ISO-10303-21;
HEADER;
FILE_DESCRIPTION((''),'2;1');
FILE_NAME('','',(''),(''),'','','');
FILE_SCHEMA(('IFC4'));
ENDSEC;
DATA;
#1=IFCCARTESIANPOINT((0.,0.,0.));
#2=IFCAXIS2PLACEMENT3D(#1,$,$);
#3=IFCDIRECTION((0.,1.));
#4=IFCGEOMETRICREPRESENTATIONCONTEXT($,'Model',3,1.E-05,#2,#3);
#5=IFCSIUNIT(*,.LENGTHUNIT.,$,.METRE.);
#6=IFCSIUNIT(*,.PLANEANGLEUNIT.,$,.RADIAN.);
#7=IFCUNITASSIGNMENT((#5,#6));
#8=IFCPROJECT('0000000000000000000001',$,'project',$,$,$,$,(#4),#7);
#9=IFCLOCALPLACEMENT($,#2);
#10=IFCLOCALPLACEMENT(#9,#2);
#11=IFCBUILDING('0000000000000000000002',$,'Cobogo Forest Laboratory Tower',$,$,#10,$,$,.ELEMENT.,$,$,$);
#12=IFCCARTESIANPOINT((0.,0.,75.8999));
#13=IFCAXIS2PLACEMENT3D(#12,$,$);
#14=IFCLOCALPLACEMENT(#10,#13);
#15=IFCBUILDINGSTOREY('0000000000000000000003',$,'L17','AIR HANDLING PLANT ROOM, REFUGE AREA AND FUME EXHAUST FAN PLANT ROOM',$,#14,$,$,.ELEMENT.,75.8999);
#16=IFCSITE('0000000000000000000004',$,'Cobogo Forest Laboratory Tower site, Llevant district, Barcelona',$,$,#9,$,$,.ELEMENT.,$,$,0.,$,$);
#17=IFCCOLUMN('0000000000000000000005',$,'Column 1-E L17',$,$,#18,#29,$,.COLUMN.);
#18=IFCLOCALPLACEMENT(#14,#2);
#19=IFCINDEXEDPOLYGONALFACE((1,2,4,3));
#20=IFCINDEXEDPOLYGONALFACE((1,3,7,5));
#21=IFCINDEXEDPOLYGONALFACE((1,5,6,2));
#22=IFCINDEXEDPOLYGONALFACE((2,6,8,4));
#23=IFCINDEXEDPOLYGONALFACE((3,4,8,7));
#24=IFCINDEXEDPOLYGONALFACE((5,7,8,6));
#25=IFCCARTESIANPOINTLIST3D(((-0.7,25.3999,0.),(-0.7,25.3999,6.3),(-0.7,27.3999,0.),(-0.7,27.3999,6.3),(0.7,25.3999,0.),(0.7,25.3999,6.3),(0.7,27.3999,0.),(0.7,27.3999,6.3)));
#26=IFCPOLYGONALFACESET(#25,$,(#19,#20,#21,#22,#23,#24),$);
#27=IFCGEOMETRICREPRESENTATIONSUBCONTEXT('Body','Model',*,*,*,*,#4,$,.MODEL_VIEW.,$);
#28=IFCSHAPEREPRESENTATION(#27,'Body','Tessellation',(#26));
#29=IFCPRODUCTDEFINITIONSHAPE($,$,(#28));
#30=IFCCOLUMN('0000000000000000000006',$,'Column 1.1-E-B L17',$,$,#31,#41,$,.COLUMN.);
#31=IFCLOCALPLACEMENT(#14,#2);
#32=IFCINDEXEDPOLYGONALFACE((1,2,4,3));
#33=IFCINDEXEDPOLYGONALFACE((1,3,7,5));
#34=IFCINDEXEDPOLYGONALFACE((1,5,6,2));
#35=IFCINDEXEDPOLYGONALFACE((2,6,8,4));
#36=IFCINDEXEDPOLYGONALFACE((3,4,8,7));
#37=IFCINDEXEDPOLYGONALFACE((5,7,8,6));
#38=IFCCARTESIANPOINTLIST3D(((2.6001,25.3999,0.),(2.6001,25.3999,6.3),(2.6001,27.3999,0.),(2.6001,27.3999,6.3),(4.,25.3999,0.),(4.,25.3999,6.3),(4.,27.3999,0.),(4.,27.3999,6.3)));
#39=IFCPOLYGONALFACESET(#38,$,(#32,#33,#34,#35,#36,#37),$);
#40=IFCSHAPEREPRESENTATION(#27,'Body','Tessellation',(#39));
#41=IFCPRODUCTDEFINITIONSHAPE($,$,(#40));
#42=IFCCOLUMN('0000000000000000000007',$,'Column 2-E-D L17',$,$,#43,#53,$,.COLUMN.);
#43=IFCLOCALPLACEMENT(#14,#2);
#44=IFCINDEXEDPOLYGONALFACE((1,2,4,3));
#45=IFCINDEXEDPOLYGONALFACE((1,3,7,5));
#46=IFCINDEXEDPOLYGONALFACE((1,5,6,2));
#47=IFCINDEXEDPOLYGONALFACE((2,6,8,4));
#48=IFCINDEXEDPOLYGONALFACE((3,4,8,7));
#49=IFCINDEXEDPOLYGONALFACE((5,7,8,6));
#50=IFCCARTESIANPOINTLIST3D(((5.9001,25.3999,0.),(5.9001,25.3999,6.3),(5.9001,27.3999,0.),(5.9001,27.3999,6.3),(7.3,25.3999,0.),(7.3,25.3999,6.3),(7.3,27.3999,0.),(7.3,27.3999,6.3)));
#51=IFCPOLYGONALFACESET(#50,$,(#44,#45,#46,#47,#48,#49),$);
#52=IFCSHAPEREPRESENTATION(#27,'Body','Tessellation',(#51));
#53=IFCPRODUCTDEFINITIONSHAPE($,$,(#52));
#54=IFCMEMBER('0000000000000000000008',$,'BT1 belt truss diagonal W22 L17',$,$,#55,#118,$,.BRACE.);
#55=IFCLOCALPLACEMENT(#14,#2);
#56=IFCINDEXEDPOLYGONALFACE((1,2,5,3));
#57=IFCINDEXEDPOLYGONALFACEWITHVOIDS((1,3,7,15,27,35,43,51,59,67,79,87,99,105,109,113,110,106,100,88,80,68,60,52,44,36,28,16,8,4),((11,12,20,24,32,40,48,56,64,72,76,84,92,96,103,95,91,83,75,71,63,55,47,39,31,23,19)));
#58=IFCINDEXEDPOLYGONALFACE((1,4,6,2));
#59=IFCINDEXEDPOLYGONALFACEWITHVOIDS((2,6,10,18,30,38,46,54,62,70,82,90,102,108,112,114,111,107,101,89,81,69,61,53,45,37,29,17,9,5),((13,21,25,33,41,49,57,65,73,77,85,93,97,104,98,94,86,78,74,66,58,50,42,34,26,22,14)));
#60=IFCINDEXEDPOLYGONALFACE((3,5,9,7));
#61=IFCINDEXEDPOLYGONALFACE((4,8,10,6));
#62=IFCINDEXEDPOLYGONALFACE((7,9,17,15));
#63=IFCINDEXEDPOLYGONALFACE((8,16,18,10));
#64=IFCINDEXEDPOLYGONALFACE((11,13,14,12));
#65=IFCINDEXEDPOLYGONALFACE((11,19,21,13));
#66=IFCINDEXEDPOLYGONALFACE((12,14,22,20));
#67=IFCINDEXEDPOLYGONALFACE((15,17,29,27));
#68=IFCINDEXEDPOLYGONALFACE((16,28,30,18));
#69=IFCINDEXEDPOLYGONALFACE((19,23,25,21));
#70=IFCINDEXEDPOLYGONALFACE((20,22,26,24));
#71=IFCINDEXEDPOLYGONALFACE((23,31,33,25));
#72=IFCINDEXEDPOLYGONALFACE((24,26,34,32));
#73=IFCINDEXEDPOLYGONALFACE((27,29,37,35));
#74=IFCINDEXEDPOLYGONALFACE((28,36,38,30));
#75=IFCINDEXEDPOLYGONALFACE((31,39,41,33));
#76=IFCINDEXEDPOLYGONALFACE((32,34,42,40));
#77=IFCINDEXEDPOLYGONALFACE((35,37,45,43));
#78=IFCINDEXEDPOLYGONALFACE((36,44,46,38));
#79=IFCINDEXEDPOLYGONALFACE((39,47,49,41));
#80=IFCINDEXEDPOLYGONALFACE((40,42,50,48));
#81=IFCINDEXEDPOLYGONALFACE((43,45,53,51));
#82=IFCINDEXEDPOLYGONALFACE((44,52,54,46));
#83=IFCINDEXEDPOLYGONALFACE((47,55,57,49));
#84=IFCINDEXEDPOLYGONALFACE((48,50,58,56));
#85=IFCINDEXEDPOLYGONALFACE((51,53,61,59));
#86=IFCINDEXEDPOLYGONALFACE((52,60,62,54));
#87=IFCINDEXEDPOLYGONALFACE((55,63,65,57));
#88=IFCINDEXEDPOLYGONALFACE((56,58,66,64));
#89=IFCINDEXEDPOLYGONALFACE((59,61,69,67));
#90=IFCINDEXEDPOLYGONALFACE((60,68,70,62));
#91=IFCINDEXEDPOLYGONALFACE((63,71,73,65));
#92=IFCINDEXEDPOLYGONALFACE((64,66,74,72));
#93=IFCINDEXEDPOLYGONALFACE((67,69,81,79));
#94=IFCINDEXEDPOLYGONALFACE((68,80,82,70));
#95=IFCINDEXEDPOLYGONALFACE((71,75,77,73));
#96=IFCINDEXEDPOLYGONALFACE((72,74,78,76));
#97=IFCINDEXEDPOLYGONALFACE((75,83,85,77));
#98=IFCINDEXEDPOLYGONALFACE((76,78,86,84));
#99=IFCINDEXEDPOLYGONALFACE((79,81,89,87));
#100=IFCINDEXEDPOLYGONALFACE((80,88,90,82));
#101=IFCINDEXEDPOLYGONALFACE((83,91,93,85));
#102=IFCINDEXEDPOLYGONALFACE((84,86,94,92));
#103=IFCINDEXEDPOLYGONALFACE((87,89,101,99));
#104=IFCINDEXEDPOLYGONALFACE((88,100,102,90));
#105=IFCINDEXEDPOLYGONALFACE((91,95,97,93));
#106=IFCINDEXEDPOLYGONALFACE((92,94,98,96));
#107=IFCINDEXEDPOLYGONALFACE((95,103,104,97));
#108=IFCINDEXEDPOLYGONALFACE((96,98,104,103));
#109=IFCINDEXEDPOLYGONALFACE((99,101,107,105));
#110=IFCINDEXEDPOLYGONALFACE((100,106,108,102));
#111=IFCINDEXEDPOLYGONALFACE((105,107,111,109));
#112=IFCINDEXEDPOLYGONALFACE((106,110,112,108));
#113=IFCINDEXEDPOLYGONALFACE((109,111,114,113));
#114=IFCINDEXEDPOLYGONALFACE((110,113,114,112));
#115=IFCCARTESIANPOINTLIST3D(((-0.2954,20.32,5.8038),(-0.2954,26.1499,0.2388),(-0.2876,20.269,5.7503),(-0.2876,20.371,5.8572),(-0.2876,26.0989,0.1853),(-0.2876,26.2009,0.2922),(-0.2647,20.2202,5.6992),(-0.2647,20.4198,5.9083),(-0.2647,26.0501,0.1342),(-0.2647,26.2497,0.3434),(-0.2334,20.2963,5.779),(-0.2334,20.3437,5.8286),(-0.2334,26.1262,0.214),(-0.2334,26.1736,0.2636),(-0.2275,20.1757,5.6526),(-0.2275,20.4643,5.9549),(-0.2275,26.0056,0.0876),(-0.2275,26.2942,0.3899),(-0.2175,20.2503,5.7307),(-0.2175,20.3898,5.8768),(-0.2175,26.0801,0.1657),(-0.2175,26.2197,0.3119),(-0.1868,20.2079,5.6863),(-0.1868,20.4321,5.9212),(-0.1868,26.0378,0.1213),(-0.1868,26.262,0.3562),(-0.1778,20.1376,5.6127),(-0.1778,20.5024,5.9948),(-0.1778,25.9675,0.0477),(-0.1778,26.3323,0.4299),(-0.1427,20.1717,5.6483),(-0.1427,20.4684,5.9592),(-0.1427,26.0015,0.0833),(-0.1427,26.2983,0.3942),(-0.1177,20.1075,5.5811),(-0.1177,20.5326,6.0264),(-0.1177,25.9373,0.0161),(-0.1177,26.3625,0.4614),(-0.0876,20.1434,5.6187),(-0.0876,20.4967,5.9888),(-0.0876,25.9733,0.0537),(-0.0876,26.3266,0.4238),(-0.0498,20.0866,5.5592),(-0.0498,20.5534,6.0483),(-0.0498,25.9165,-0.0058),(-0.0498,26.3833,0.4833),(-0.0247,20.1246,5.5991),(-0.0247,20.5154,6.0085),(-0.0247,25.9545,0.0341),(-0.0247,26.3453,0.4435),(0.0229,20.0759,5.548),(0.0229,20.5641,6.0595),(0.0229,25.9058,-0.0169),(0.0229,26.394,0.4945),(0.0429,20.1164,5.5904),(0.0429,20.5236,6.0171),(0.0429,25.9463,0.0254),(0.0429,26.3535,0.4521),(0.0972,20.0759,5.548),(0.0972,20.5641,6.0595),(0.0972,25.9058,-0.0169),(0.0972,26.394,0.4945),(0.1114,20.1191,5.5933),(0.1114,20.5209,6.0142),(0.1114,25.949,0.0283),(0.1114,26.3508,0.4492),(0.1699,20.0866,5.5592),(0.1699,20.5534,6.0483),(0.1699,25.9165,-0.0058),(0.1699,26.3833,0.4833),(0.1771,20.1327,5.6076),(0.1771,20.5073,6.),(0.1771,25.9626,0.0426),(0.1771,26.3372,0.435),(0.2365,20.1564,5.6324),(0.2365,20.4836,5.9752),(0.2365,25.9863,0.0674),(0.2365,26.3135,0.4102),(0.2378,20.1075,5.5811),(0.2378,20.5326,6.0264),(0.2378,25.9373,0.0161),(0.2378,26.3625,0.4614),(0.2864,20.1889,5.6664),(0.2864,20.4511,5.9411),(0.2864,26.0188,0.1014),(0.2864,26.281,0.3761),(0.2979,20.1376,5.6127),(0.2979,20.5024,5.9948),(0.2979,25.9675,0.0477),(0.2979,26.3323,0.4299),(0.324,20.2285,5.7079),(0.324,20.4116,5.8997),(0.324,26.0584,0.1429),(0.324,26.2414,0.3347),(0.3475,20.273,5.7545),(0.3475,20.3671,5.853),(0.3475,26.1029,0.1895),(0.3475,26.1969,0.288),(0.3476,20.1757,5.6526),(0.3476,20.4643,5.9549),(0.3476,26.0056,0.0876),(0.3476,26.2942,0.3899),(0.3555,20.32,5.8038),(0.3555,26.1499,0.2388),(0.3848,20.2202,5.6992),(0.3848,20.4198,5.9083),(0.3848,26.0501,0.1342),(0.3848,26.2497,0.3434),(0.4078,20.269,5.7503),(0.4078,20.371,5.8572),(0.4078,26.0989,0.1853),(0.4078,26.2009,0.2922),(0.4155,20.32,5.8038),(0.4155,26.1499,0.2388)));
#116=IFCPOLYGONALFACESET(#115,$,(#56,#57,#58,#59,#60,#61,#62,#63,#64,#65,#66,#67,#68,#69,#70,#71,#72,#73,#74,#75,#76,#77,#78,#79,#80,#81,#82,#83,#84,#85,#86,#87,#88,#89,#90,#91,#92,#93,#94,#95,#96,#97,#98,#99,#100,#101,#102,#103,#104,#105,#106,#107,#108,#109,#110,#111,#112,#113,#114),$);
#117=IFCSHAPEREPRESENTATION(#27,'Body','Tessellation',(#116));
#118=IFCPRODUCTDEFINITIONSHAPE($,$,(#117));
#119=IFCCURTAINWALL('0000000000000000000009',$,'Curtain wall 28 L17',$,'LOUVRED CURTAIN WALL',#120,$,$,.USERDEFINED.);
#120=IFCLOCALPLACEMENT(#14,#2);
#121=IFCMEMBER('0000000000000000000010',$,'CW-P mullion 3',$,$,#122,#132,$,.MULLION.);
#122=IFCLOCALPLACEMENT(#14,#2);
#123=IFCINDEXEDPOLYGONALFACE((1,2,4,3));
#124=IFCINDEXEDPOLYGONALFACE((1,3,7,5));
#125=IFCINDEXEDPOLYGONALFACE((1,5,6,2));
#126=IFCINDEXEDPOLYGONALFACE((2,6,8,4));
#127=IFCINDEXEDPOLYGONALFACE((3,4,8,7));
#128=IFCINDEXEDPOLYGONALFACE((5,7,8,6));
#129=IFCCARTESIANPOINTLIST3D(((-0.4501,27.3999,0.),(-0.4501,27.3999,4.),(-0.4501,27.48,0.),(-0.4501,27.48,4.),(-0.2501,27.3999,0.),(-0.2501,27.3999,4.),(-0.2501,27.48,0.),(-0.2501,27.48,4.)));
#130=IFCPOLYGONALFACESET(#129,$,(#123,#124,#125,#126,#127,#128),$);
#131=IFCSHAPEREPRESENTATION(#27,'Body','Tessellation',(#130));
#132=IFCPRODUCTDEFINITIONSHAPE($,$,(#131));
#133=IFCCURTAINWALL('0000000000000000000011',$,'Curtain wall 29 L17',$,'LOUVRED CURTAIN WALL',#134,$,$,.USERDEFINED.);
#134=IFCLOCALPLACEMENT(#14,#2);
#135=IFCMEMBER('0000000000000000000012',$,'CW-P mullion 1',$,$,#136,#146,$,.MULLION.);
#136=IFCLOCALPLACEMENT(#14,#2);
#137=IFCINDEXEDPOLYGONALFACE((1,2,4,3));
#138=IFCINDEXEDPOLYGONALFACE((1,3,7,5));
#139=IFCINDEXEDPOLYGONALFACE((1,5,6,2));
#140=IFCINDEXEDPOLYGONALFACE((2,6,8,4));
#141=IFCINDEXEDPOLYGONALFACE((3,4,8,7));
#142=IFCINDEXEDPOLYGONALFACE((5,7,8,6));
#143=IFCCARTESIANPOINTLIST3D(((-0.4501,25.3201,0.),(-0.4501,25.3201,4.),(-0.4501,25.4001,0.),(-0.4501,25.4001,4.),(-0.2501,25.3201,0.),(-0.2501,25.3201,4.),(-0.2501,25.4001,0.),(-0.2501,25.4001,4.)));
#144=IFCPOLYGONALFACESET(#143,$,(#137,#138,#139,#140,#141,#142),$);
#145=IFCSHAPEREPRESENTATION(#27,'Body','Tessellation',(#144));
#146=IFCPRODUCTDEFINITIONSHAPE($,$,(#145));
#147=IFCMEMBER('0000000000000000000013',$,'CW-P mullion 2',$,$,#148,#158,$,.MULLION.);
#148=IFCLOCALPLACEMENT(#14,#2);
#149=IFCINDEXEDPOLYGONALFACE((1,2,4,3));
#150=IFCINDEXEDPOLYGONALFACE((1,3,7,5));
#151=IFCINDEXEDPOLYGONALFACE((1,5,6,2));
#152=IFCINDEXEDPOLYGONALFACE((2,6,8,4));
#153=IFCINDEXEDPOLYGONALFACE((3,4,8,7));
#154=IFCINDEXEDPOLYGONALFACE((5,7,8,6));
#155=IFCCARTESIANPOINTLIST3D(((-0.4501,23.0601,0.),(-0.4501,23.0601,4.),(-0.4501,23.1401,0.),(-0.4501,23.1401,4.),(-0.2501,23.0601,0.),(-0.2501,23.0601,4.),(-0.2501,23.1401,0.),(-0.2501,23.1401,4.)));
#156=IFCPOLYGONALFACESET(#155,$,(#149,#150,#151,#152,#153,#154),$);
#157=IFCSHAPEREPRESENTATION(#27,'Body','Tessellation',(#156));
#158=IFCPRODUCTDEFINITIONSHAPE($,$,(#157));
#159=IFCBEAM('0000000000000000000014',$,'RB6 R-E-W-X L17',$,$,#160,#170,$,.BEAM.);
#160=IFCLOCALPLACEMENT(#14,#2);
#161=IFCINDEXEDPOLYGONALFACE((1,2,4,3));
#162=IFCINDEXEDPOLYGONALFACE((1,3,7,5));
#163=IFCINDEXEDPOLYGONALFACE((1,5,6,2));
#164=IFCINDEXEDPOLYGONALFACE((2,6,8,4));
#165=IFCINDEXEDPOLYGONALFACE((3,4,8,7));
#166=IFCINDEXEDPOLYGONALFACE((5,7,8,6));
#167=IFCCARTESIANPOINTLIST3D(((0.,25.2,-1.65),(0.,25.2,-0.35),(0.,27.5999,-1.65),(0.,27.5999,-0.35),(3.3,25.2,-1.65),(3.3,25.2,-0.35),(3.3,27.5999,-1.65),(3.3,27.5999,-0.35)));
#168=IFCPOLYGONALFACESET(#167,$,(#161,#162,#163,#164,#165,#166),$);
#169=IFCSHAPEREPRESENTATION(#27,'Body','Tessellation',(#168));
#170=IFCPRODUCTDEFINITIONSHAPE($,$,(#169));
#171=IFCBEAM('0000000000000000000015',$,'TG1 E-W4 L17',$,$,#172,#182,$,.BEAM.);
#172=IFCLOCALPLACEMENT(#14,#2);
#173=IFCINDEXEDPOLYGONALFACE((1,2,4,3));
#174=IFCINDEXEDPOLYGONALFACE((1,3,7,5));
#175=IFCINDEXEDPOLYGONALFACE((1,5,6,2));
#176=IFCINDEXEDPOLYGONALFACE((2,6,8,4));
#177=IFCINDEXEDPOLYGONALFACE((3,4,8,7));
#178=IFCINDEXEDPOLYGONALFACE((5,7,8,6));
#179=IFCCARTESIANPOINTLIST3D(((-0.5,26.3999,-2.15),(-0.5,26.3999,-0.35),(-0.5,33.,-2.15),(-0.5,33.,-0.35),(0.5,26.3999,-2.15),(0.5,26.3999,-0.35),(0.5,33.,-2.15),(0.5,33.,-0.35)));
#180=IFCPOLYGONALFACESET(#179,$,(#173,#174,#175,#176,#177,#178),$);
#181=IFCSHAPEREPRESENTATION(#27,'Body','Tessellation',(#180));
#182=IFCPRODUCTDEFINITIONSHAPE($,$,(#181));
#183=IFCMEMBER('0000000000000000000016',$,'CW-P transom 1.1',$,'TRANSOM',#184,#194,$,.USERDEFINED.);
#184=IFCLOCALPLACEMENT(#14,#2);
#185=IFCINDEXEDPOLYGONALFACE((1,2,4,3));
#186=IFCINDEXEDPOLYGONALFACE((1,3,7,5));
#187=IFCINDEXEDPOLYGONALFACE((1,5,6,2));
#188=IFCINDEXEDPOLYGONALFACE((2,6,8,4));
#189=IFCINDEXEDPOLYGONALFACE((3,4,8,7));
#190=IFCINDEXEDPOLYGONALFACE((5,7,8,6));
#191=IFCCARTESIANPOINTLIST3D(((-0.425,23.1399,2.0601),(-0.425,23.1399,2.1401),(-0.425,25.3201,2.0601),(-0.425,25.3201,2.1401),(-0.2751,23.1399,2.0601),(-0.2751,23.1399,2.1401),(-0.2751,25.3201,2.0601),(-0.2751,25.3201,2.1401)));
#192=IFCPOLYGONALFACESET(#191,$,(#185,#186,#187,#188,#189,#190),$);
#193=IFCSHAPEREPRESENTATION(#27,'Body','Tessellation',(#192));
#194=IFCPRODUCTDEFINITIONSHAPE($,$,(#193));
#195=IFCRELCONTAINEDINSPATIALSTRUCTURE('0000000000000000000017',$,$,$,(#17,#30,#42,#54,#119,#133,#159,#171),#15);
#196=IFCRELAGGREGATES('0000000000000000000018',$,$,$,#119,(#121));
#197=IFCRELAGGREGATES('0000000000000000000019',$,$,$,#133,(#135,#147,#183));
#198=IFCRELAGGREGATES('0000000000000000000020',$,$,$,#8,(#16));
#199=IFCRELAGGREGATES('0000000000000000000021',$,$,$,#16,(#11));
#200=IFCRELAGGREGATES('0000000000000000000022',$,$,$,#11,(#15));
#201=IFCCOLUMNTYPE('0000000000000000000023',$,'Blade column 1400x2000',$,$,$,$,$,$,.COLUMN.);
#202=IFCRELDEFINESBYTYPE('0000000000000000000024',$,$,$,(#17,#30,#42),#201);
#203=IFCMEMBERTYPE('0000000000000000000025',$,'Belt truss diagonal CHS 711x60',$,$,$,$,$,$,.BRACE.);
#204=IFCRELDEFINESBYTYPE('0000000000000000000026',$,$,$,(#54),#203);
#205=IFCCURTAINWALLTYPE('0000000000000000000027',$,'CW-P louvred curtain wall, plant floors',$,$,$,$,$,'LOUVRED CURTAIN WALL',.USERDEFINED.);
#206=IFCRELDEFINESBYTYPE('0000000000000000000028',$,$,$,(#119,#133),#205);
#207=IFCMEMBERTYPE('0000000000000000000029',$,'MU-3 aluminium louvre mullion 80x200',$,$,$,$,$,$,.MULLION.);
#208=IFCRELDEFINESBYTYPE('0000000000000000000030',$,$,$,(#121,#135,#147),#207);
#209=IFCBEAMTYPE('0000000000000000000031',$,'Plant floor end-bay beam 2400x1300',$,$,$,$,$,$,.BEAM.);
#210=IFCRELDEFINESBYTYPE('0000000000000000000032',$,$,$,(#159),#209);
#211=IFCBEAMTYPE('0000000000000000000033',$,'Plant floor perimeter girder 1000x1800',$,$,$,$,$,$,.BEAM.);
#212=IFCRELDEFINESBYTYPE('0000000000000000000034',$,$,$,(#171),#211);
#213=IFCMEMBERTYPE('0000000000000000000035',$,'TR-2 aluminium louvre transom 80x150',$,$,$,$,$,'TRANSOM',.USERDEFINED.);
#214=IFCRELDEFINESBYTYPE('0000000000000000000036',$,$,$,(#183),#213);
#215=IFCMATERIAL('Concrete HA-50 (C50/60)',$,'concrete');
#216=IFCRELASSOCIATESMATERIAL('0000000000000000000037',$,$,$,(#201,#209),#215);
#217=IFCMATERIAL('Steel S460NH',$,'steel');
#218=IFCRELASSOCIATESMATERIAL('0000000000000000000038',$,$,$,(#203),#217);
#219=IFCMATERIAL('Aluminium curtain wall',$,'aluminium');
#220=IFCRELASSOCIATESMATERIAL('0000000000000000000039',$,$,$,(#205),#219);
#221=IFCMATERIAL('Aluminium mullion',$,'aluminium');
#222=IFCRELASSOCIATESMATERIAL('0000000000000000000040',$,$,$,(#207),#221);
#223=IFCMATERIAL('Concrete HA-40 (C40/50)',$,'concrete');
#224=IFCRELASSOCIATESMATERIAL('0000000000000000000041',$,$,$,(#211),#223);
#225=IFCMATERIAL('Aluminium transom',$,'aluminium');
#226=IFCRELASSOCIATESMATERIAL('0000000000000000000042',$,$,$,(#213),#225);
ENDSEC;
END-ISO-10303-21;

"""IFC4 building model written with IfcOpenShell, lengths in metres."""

from ifc_helpers import new_model, si_unit, direction, frame, origin, origin_2d, place, context, subcontext, project, spatial, rectangle, hollow_circle, extrude, material, material_profile, profile_set, type_object, element, aggregate, save


model = new_model("IFC4")

# Units and contexts
model_context = context("Model", 3, precision=1e-05, world=origin(), true_north=direction((0.0, 1.0)))
body_context = subcontext(model_context, "Body", "Model", "MODEL_VIEW")
ifc_project = project(units=[si_unit("LENGTHUNIT", "METRE"), si_unit("PLANEANGLEUNIT", "RADIAN")], contexts=[model_context])

# Site, building, storey
site_placement = place(None, origin())
site = spatial("IfcSite", under=ifc_project, at=site_placement, Name="Cobogo Forest Laboratory Tower site, Llevant district, Barcelona", CompositionType="ELEMENT", RefElevation=0.0)
building_placement = place(site_placement, origin())
building = spatial("IfcBuilding", under=site, at=building_placement, Name="Cobogo Forest Laboratory Tower", CompositionType="ELEMENT")
storey_placement = place(building_placement, frame((0.0, 0.0, 75.8999)))
storey = spatial("IfcBuildingStorey", under=building, at=storey_placement, Name="L17", Description="AIR HANDLING PLANT ROOM, REFUGE AREA AND FUME EXHAUST FAN PLANT ROOM", CompositionType="ELEMENT", Elevation=75.8999)

# Columns
ifc_material_1 = material(Name="Concrete HA-50 (C50/60)", Category="concrete")
ifc_material_profile_1 = material_profile(ifc_material_1, rectangle(XDim=2.0, YDim=1.3999, at=origin_2d()), Name="RC 1400x2000")
ifc_profile_set_1 = profile_set([ifc_material_profile_1], Name="Concrete HA-50 (C50/60)")
column_type = type_object("IfcColumnType", Name="Blade column 1400x2000", PredefinedType="COLUMN", material=ifc_profile_set_1)
for number, where, z_axis, x_axis, name in (
    (1, (0.0, 26.3999, 0.0), (0.0, 0.0, 1.0), (0.0, 1.0, 0.0), "Column 1-E L17"),
    (2, (3.3, 26.3999, 0.0), (0.0, 0.0, 1.0), (0.0, 1.0, 0.0), "Column 1.1-E-B L17"),
    (3, (6.6001, 26.3999, 0.0), (0.0, 0.0, 1.0), (0.0, 1.0, 0.0), "Column 2-E-D L17"),
):
    element("IfcColumn", number, at=place(storey_placement, frame(where, z_axis=z_axis, x_axis=x_axis)), inside=storey, type_object=column_type, Name=name, PredefinedType="COLUMN", context=body_context, shape_type="SweptSolid", body=[
        extrude(rectangle(XDim=2.0, YDim=1.3999, at=origin_2d()), origin(), (0.0, 0.0, 1.0), 6.3),
    ])

# Member
ifc_material_2 = material(Name="Steel S460NH", Category="steel")
ifc_material_profile_2 = material_profile(ifc_material_2, hollow_circle(Radius=0.3555, WallThickness=0.0601, at=origin_2d()), Name="CHS 711x60")
ifc_profile_set_2 = profile_set([ifc_material_profile_2], Name="Steel S460NH")
member_type_1 = type_object("IfcMemberType", Name="Belt truss diagonal CHS 711x60", PredefinedType="BRACE", material=ifc_profile_set_2)
member_1_placement = place(storey_placement, frame((0.0601, 26.1499, 0.2388), z_axis=(0.0, -0.723349, 0.690482), x_axis=(1.0, 0.0, 0.0)))
element("IfcMember", 4, at=member_1_placement, inside=storey, type_object=member_type_1, Name="BT1 belt truss diagonal W22 L17", PredefinedType="BRACE", context=body_context, shape_type="SweptSolid", body=[
    extrude(hollow_circle(Radius=0.3555, WallThickness=0.0601, at=origin_2d()), origin(), (0.0, 0.0, 1.0), 8.0596),
])

# Curtain wall, member
ifc_material_3 = material(Name="Aluminium curtain wall", Category="aluminium")
curtain_wall_type = type_object("IfcCurtainWallType", Name="CW-P louvred curtain wall, plant floors", ElementType="LOUVRED CURTAIN WALL", PredefinedType="USERDEFINED", material=ifc_material_3)
curtain_wall_1_placement = place(storey_placement, origin())
curtain_wall_1 = element("IfcCurtainWall", 5, at=curtain_wall_1_placement, inside=storey, type_object=curtain_wall_type, Name="Curtain wall 28 L17", ObjectType="LOUVRED CURTAIN WALL", PredefinedType="USERDEFINED")
ifc_material_4 = material(Name="Aluminium mullion", Category="aluminium")
ifc_material_profile_3 = material_profile(ifc_material_4, rectangle(XDim=0.0801, YDim=0.2, at=origin_2d()), Name="AL 80x200")
ifc_profile_set_3 = profile_set([ifc_material_profile_3], Name="Aluminium mullion")
member_type_2 = type_object("IfcMemberType", Name="MU-3 aluminium louvre mullion 80x200", PredefinedType="MULLION", material=ifc_profile_set_3)
member_2_placement = place(storey_placement, frame((-0.3501, 27.4399, 0.0), z_axis=(0.0, 0.0, 1.0), x_axis=(0.0, -1.0, 0.0)))
member_2 = element("IfcMember", 6, at=member_2_placement, type_object=member_type_2, Name="CW-P mullion 3", PredefinedType="MULLION", context=body_context, shape_type="SweptSolid", body=[
    extrude(rectangle(XDim=0.0801, YDim=0.2, at=origin_2d()), origin(), (0.0, 0.0, 1.0), 4.0),
])

# Curtain wall, members
curtain_wall_2_placement = place(storey_placement, origin())
curtain_wall_2 = element("IfcCurtainWall", 7, at=curtain_wall_2_placement, inside=storey, type_object=curtain_wall_type, Name="Curtain wall 29 L17", ObjectType="LOUVRED CURTAIN WALL", PredefinedType="USERDEFINED")
member_3_placement = place(storey_placement, frame((-0.3501, 25.3601, 0.0), z_axis=(0.0, 0.0, 1.0), x_axis=(0.0, -1.0, 0.0)))
member_3 = element("IfcMember", 8, at=member_3_placement, type_object=member_type_2, Name="CW-P mullion 1", PredefinedType="MULLION", context=body_context, shape_type="SweptSolid", body=[
    extrude(rectangle(XDim=0.0801, YDim=0.2, at=origin_2d()), origin(), (0.0, 0.0, 1.0), 4.0),
])
member_4_placement = place(storey_placement, frame((-0.3501, 23.1001, 0.0), z_axis=(0.0, 0.0, 1.0), x_axis=(0.0, -1.0, 0.0)))
member_4 = element("IfcMember", 9, at=member_4_placement, type_object=member_type_2, Name="CW-P mullion 2", PredefinedType="MULLION", context=body_context, shape_type="SweptSolid", body=[
    extrude(rectangle(XDim=0.0801, YDim=0.2, at=origin_2d()), origin(), (0.0, 0.0, 1.0), 4.0),
])

# Beams
ifc_material_profile_4 = material_profile(ifc_material_1, rectangle(XDim=2.3999, YDim=1.3, at=origin_2d()), Name="RC 2400x1300")
ifc_profile_set_4 = profile_set([ifc_material_profile_4], Name="Concrete HA-50 (C50/60)")
beam_type_1 = type_object("IfcBeamType", Name="Plant floor end-bay beam 2400x1300", PredefinedType="BEAM", material=ifc_profile_set_4)
beam_1_placement = place(storey_placement, frame((0.0, 26.3999, -1.0), z_axis=(1.0, 0.0, 0.0), x_axis=(0.0, 1.0, 0.0)))
element("IfcBeam", 10, at=beam_1_placement, inside=storey, type_object=beam_type_1, Name="RB6 R-E-W-X L17", PredefinedType="BEAM", context=body_context, shape_type="SweptSolid", body=[
    extrude(rectangle(XDim=2.3999, YDim=1.3, at=origin_2d()), origin(), (0.0, 0.0, 1.0), 3.3),
])
ifc_material_5 = material(Name="Concrete HA-40 (C40/50)", Category="concrete")
ifc_material_profile_5 = material_profile(ifc_material_5, rectangle(XDim=1.0, YDim=1.8, at=origin_2d()), Name="RC 1000x1800")
ifc_profile_set_5 = profile_set([ifc_material_profile_5], Name="Concrete HA-40 (C40/50)")
beam_type_2 = type_object("IfcBeamType", Name="Plant floor perimeter girder 1000x1800", PredefinedType="BEAM", material=ifc_profile_set_5)
beam_2_placement = place(storey_placement, frame((0.0, 26.3999, -1.25), z_axis=(0.0, 1.0, 0.0), x_axis=(-1.0, 0.0, 0.0)))
element("IfcBeam", 11, at=beam_2_placement, inside=storey, type_object=beam_type_2, Name="TG1 E-W4 L17", PredefinedType="BEAM", context=body_context, shape_type="SweptSolid", body=[
    extrude(rectangle(XDim=1.0, YDim=1.8, at=origin_2d()), origin(), (0.0, 0.0, 1.0), 6.6001),
])

# Member
ifc_material_6 = material(Name="Aluminium transom", Category="aluminium")
ifc_material_profile_6 = material_profile(ifc_material_6, rectangle(XDim=0.1499, YDim=0.0801, at=origin_2d()), Name="AL 80x150")
ifc_profile_set_6 = profile_set([ifc_material_profile_6], Name="Aluminium transom")
member_type_3 = type_object("IfcMemberType", Name="TR-2 aluminium louvre transom 80x150", ElementType="TRANSOM", PredefinedType="USERDEFINED", material=ifc_profile_set_6)
member_5_placement = place(storey_placement, frame((-0.3501, 25.3201, 2.1001), z_axis=(0.0, -1.0, 0.0), x_axis=(1.0, 0.0, 0.0)))
member_5 = element("IfcMember", 12, at=member_5_placement, type_object=member_type_3, Name="CW-P transom 1.1", ObjectType="TRANSOM", PredefinedType="USERDEFINED", context=body_context, shape_type="SweptSolid", body=[
    extrude(rectangle(XDim=0.1499, YDim=0.0801, at=origin_2d()), origin(), (0.0, 0.0, 1.0), 2.1802),
])

aggregate(curtain_wall_1, [member_2])
aggregate(curtain_wall_2, [member_3, member_4, member_5])

save(model, "model.ifc")
